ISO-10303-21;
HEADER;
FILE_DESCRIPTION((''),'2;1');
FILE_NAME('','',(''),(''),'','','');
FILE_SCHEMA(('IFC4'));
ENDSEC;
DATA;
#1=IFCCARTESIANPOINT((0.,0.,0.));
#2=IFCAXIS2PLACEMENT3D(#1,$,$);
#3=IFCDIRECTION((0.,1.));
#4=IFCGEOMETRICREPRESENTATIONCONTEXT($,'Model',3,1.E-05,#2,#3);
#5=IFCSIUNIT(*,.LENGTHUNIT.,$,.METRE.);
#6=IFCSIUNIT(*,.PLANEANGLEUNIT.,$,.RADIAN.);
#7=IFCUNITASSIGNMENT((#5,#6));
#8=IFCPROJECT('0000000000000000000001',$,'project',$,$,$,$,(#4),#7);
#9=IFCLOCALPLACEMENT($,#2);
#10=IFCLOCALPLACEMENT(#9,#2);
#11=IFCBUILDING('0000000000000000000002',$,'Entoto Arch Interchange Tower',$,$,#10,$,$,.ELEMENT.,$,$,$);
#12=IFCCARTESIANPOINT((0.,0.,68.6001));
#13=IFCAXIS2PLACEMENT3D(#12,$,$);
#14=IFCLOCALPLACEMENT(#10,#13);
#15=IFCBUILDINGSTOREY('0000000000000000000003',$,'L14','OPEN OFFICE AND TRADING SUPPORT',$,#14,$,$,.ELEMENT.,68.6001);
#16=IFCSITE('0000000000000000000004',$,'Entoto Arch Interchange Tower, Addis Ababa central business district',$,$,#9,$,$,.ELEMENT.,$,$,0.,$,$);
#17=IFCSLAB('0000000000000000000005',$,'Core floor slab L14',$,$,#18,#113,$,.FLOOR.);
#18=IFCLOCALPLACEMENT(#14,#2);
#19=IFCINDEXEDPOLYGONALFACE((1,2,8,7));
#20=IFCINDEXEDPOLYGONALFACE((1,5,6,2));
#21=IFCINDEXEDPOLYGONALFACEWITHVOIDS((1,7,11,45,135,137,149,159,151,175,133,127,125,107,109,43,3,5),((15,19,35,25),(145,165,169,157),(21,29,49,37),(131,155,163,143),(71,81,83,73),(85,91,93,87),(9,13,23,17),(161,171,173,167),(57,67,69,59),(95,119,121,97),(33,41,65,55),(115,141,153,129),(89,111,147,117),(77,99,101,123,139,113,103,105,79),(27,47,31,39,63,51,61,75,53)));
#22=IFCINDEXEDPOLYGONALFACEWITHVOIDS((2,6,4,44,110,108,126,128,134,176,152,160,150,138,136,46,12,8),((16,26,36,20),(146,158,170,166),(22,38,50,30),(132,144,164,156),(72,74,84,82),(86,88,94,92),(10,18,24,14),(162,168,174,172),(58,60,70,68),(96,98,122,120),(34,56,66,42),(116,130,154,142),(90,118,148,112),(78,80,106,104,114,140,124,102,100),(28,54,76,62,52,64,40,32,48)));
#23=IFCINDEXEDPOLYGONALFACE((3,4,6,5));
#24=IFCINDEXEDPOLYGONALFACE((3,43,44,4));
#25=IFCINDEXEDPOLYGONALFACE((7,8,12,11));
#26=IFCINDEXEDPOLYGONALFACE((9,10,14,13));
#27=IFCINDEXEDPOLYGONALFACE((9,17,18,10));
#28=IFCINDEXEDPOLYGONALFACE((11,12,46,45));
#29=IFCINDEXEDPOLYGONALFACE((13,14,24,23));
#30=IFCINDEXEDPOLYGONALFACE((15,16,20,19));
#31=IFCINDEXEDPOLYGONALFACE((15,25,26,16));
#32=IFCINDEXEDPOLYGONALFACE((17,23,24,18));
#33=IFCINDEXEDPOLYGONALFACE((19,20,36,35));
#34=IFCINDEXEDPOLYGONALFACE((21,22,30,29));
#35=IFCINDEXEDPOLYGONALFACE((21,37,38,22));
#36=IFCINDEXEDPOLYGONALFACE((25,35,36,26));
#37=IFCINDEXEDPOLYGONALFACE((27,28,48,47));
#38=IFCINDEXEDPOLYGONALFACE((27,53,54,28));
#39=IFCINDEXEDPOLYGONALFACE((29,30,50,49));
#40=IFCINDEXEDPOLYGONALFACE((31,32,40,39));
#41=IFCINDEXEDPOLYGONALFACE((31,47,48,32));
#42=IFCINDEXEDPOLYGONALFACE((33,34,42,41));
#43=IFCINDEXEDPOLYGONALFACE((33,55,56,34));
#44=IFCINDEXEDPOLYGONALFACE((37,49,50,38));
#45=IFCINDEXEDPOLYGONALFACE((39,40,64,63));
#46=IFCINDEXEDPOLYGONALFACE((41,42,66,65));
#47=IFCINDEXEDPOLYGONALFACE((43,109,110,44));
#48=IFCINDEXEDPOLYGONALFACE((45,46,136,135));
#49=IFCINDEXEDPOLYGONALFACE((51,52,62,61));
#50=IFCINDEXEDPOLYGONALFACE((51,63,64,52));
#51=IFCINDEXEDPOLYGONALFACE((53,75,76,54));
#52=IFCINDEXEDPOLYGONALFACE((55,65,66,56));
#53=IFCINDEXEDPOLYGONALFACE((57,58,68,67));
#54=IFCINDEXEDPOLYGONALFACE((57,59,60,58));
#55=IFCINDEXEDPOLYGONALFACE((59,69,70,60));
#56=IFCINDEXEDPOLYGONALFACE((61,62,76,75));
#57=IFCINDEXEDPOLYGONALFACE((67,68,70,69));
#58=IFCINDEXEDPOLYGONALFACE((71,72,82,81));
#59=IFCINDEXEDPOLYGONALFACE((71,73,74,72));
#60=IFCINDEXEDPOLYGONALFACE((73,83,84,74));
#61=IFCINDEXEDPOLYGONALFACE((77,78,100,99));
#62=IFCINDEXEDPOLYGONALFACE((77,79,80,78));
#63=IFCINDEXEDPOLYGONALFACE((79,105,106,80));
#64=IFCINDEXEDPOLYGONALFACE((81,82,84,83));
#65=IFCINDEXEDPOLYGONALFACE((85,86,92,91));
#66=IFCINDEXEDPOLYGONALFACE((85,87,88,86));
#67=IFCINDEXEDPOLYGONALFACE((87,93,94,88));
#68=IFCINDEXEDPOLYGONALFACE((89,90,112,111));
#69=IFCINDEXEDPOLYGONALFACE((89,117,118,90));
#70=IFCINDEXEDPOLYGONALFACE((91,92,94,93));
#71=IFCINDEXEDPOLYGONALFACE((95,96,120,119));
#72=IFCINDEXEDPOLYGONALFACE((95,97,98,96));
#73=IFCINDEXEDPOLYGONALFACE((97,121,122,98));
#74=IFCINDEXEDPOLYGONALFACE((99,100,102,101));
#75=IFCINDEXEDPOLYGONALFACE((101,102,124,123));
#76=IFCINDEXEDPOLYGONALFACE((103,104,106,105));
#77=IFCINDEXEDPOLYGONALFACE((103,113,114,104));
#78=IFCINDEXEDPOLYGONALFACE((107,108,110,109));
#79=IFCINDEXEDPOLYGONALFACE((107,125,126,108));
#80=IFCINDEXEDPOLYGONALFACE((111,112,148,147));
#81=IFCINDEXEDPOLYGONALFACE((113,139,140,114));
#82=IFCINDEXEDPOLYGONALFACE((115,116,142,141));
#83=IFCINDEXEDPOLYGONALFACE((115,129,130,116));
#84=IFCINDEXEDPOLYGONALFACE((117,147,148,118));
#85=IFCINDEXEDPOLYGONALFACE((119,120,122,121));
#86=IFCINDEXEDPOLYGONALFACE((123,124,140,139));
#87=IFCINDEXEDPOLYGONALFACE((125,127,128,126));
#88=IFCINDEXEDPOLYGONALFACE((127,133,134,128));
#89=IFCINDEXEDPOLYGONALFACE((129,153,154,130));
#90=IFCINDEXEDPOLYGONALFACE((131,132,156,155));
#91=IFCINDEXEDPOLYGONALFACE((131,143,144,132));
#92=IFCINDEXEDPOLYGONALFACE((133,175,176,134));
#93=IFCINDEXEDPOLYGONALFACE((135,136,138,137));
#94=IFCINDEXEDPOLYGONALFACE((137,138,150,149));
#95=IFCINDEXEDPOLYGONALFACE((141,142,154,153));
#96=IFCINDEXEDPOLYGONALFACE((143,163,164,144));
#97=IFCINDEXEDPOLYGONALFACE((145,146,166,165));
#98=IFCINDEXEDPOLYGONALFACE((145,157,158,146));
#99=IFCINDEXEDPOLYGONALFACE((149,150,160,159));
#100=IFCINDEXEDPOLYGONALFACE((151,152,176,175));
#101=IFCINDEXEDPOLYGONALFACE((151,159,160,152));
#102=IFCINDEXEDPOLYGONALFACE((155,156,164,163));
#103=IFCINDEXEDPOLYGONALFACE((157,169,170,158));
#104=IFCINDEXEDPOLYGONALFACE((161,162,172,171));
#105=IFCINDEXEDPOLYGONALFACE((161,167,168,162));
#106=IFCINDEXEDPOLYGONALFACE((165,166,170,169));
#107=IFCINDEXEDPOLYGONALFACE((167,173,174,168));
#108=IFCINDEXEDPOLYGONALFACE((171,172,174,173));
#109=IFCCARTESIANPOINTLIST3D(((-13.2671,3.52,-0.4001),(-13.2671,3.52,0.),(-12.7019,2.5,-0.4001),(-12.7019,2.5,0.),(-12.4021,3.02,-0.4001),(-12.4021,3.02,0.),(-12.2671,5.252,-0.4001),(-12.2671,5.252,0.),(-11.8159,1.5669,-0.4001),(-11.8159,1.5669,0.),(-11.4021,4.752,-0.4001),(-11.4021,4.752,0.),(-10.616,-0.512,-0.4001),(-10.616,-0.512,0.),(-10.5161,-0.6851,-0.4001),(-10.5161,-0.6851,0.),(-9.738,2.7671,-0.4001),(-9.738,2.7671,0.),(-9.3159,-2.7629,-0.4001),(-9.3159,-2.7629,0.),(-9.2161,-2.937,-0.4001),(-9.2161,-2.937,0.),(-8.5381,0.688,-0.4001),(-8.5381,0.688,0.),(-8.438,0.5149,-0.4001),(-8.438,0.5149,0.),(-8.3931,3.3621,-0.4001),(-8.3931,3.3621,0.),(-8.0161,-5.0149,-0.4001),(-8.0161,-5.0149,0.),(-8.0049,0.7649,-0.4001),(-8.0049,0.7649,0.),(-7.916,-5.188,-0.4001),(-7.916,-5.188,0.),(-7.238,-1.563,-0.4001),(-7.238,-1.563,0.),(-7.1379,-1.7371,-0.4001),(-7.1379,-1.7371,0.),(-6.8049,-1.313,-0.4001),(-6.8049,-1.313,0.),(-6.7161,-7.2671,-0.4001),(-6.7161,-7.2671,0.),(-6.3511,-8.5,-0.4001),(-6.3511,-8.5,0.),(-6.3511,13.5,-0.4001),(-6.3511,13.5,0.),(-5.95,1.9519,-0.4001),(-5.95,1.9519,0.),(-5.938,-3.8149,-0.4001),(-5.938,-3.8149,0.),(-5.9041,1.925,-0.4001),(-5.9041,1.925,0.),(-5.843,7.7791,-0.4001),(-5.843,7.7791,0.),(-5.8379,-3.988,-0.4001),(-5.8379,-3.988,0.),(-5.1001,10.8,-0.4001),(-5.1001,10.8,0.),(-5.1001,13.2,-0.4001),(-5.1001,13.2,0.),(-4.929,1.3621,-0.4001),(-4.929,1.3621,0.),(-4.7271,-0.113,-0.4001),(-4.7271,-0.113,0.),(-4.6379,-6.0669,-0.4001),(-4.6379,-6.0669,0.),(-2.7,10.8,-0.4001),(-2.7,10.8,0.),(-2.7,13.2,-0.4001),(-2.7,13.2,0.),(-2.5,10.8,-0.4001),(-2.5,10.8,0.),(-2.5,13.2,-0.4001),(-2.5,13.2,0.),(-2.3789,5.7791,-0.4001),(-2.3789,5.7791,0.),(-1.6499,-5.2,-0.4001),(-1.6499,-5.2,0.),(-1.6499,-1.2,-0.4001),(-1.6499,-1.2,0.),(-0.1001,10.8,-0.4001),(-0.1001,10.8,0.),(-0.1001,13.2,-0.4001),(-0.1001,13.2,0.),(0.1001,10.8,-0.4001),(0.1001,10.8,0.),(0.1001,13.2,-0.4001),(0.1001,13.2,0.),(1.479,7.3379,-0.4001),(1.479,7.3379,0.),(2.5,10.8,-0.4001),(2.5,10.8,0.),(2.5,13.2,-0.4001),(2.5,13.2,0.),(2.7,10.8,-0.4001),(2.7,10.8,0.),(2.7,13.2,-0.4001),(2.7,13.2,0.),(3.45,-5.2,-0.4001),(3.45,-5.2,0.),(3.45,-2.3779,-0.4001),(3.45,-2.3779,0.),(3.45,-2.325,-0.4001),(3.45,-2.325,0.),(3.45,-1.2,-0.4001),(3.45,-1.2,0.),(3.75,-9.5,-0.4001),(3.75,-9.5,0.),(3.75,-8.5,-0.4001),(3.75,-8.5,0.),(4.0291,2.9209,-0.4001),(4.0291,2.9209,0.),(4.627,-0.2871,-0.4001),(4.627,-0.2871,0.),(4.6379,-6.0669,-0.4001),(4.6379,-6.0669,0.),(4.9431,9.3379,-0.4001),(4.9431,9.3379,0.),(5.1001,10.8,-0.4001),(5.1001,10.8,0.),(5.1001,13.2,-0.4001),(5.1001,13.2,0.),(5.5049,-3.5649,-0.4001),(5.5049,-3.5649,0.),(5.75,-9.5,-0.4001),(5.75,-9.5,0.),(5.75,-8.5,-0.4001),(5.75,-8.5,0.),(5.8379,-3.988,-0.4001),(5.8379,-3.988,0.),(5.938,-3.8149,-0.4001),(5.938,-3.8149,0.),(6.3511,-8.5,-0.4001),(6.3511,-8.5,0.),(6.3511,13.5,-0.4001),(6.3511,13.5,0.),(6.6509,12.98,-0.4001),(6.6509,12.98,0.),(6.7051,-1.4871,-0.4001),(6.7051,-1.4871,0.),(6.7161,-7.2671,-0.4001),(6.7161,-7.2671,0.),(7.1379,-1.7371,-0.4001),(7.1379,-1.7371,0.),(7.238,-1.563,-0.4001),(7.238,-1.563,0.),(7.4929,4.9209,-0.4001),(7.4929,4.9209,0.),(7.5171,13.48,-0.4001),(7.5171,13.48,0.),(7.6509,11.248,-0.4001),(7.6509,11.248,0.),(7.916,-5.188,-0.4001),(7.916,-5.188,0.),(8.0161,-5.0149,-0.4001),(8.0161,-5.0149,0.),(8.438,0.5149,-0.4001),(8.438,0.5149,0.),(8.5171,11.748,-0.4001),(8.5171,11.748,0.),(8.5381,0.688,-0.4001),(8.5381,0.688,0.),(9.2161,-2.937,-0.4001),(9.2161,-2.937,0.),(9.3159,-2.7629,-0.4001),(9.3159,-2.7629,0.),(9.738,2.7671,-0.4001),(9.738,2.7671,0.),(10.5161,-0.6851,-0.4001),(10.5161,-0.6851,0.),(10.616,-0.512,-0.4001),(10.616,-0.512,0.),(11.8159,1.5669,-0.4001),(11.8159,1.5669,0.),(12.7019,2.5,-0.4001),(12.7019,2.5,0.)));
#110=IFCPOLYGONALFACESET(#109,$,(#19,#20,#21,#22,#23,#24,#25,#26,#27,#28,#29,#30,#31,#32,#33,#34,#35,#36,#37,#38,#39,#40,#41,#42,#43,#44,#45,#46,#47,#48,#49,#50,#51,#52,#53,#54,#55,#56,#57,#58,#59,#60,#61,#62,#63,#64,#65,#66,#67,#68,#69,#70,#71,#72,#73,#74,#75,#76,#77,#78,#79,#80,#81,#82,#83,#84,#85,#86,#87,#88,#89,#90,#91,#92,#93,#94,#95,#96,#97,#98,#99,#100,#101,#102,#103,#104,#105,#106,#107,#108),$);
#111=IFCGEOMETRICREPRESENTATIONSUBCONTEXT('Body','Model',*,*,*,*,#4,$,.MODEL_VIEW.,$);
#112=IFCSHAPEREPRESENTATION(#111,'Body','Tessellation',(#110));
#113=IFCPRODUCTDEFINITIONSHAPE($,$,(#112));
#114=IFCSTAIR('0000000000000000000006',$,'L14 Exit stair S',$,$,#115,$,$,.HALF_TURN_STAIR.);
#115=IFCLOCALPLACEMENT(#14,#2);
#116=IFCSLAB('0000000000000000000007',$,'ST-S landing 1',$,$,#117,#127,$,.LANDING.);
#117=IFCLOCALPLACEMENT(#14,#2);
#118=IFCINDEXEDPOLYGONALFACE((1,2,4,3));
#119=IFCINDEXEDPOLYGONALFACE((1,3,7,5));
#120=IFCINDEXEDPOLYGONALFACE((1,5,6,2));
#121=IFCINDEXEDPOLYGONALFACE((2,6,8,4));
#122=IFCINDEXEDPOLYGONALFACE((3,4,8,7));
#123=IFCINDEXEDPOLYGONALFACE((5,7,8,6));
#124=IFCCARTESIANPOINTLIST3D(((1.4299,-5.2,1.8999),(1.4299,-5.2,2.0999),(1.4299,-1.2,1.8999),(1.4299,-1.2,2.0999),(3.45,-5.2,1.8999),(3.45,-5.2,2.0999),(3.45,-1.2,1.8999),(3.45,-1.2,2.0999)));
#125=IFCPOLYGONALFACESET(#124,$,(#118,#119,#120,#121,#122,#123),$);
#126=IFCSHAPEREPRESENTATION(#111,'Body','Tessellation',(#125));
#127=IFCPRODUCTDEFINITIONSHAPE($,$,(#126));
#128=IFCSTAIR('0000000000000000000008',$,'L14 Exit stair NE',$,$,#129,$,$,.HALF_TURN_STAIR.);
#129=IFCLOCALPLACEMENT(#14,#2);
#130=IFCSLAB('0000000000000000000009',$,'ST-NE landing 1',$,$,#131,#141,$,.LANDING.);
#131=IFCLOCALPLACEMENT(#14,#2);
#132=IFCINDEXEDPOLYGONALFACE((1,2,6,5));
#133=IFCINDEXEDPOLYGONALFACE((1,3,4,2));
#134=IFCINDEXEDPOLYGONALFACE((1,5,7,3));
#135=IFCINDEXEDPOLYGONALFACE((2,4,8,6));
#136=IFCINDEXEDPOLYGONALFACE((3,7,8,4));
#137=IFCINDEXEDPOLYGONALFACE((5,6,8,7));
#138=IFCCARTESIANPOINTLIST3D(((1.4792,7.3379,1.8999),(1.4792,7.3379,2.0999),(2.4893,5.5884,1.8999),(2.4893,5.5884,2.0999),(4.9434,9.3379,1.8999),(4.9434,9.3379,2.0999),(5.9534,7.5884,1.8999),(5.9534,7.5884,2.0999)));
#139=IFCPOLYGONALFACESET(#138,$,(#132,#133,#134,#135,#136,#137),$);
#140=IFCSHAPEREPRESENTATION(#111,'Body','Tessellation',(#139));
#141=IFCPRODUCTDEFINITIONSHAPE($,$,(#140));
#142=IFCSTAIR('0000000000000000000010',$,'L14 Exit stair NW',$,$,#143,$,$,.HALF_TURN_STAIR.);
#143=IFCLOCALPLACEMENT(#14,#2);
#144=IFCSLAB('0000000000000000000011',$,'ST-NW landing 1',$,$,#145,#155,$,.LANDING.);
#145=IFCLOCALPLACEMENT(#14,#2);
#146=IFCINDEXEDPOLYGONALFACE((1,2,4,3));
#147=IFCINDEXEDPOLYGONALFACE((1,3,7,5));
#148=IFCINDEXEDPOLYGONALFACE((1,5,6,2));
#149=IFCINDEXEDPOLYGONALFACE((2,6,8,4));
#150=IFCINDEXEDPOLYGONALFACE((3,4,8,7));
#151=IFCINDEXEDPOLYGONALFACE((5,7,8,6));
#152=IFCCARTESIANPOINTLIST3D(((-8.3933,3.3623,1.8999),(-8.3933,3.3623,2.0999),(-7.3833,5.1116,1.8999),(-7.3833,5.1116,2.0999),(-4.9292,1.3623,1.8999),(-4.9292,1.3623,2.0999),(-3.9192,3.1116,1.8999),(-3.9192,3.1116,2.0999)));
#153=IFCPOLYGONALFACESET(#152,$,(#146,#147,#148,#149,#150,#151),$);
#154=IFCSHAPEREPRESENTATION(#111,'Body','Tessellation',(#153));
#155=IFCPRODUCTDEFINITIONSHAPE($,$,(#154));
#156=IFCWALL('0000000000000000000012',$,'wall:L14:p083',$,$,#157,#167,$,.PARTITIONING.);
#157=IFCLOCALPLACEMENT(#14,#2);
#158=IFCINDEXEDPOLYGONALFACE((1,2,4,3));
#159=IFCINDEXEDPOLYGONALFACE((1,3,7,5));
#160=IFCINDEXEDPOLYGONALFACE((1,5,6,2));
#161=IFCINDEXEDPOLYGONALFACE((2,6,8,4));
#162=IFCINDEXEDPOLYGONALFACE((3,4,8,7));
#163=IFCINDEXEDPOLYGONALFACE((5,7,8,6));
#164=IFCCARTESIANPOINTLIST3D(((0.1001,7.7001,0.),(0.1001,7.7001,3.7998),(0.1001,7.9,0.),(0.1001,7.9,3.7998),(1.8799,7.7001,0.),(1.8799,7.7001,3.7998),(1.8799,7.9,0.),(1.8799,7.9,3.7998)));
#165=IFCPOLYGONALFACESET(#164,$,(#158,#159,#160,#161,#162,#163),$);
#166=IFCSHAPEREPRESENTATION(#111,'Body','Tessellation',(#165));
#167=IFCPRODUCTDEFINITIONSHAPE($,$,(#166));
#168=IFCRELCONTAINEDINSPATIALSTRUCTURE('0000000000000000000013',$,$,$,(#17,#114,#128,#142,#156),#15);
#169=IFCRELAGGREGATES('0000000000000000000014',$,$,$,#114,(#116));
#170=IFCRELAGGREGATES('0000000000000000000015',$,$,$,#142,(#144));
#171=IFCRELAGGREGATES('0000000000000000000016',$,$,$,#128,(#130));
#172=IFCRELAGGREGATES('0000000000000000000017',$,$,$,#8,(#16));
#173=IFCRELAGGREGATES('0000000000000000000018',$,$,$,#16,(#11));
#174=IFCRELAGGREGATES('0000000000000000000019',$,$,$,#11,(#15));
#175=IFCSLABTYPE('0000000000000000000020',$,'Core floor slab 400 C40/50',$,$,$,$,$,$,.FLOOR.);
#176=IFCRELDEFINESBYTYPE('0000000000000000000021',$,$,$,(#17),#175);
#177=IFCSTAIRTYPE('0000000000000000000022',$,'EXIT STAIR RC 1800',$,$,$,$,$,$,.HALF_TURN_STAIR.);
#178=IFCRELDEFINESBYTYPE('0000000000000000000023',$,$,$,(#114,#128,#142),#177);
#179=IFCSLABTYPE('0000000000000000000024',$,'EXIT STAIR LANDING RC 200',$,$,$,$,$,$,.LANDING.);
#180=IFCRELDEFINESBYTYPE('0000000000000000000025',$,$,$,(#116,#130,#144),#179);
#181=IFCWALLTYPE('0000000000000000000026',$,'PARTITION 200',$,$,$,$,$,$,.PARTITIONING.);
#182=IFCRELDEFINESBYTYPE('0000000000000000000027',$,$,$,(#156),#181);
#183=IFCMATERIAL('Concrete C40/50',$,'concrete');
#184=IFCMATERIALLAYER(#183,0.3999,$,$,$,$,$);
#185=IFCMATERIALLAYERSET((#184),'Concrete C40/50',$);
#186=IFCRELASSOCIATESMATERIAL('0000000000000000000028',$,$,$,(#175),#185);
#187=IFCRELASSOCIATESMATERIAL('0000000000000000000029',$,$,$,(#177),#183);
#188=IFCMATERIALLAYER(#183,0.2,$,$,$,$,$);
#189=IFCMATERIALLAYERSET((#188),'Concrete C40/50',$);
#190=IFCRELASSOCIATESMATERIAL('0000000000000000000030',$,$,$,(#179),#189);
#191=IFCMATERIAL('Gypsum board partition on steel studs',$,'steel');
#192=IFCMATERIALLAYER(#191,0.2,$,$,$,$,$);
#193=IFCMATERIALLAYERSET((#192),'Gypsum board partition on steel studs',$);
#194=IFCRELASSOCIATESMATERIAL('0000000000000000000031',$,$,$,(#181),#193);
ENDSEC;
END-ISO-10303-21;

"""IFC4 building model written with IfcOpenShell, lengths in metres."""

from ifc_helpers import new_model, si_unit, direction, frame, frame_2d, origin, place, context, subcontext, project, spatial, polyline, rectangle, outline, extrude, material, layer, layer_set, type_object, element, aggregate, save


model = new_model("IFC4")

# Units and contexts
model_context = context("Model", 3, precision=1e-05, world=origin(), true_north=direction((0.0, 1.0)))
body_context = subcontext(model_context, "Body", "Model", "MODEL_VIEW")
ifc_project = project(units=[si_unit("LENGTHUNIT", "METRE"), si_unit("PLANEANGLEUNIT", "RADIAN")], contexts=[model_context])

# Site, building, storey
site_placement = place(None, origin())
site = spatial("IfcSite", under=ifc_project, at=site_placement, Name="Entoto Arch Interchange Tower, Addis Ababa central business district", CompositionType="ELEMENT", RefElevation=0.0)
building_placement = place(site_placement, origin())
building = spatial("IfcBuilding", under=site, at=building_placement, Name="Entoto Arch Interchange Tower", CompositionType="ELEMENT")
storey_placement = place(building_placement, frame((0.0, 0.0, 68.6001)))
storey = spatial("IfcBuildingStorey", under=building, at=storey_placement, Name="L14", Description="OPEN OFFICE AND TRADING SUPPORT", CompositionType="ELEMENT", Elevation=68.6001)

# Slab
ifc_material_1 = material(Name="Concrete C40/50", Category="concrete")
ifc_layer_1 = layer(ifc_material_1, 0.3999)
ifc_layer_set_1 = layer_set([ifc_layer_1], Name="Concrete C40/50")
slab_type_1 = type_object("IfcSlabType", Name="Core floor slab 400 C40/50", PredefinedType="FLOOR", material=ifc_layer_set_1)
slab_1_placement = place(storey_placement, frame((0.0, 0.0, -0.4001)))
element("IfcSlab", 1, at=slab_1_placement, inside=storey, type_object=slab_type_1, Name="Core floor slab L14", PredefinedType="FLOOR", context=body_context, shape_type="SweptSolid", body=[
    extrude(outline(polyline([(5.75, -9.5), (3.75, -9.5), (3.75, -8.5), (-6.3511, -8.5), (-12.7019, 2.5), (-12.4021, 3.02), (-13.2671, 3.52), (-12.2671, 5.252), (-11.4021, 4.752), (-6.3511, 13.5), (6.3511, 13.5), (6.6509, 12.98), (7.5171, 13.48), (8.5171, 11.748), (7.6509, 11.248), (12.7019, 2.5), (6.3511, -8.5), (5.75, -8.5), (5.75, -9.5)]), holes=[polyline([(-4.6379, -6.0669), (-5.8379, -3.988), (-7.916, -5.188), (-6.7161, -7.2671), (-4.6379, -6.0669)]), polyline([(-5.938, -3.8149), (-7.1379, -1.7371), (-9.2161, -2.937), (-8.0161, -5.0149), (-5.938, -3.8149)]), polyline([(5.5049, -3.5649), (6.7051, -1.4871), (4.627, -0.2871), (3.45, -2.325), (3.45, -1.2), (-1.6499, -1.2), (-1.6499, -5.2), (3.45, -5.2), (3.45, -2.3779), (5.5049, -3.5649)]), polyline([(-7.238, -1.563), (-8.438, 0.5149), (-10.5161, -0.6851), (-9.3159, -2.7629), (-7.238, -1.563)]), polyline([(-4.7271, -0.113), (-5.9041, 1.925), (-4.929, 1.3621), (-2.3789, 5.7791), (-5.843, 7.7791), (-8.3931, 3.3621), (-5.95, 1.9519), (-8.0049, 0.7649), (-6.8049, -1.313), (-4.7271, -0.113)]), polyline([(-8.5381, 0.688), (-9.738, 2.7671), (-11.8159, 1.5669), (-10.616, -0.512), (-8.5381, 0.688)]), polyline([(-5.1001, 10.8), (-2.7, 10.8), (-2.7, 13.2), (-5.1001, 13.2), (-5.1001, 10.8)]), polyline([(-2.5, 10.8), (-0.1001, 10.8), (-0.1001, 13.2), (-2.5, 13.2), (-2.5, 10.8)]), polyline([(5.8379, -3.988), (4.6379, -6.0669), (6.7161, -7.2671), (7.916, -5.188), (5.8379, -3.988)]), polyline([(7.1379, -1.7371), (5.938, -3.8149), (8.0161, -5.0149), (9.2161, -2.937), (7.1379, -1.7371)]), polyline([(8.438, 0.5149), (7.238, -1.563), (9.3159, -2.7629), (10.5161, -0.6851), (8.438, 0.5149)]), polyline([(9.738, 2.7671), (8.5381, 0.688), (10.616, -0.512), (11.8159, 1.5669), (9.738, 2.7671)]), polyline([(4.0291, 2.9209), (7.4929, 4.9209), (4.9431, 9.3379), (1.479, 7.3379), (4.0291, 2.9209)]), polyline([(0.1001, 13.2), (0.1001, 10.8), (2.5, 10.8), (2.5, 13.2), (0.1001, 13.2)]), polyline([(2.7, 13.2), (2.7, 10.8), (5.1001, 10.8), (5.1001, 13.2), (2.7, 13.2)])]), origin(), (0.0, 0.0, 1.0), 0.4001),
])

# Stairs, slabs
stair_type = type_object("IfcStairType", Name="EXIT STAIR RC 1800", PredefinedType="HALF_TURN_STAIR", material=ifc_material_1)
stair_1_placement = place(storey_placement, origin())
stair_1 = element("IfcStair", 2, at=stair_1_placement, inside=storey, type_object=stair_type, Name="L14 Exit stair S", PredefinedType="HALF_TURN_STAIR")
ifc_layer_2 = layer(ifc_material_1, 0.2)
ifc_layer_set_2 = layer_set([ifc_layer_2], Name="Concrete C40/50")
slab_type_2 = type_object("IfcSlabType", Name="EXIT STAIR LANDING RC 200", PredefinedType="LANDING", material=ifc_layer_set_2)
slab_2_placement = place(storey_placement, frame((0.0, 0.0, 1.8999)))
slab_2 = element("IfcSlab", 3, at=slab_2_placement, type_object=slab_type_2, Name="ST-S landing 1", PredefinedType="LANDING", context=body_context, shape_type="SweptSolid", body=[
    extrude(outline(polyline([(1.4299, -5.2), (3.45, -5.2), (3.45, -1.2), (1.4299, -1.2), (1.4299, -5.2)])), origin(), (0.0, 0.0, 1.0), 0.2),
])
aggregate(stair_1, [slab_2])
stair_2_placement = place(storey_placement, origin())
stair_2 = element("IfcStair", 4, at=stair_2_placement, inside=storey, type_object=stair_type, Name="L14 Exit stair NE", PredefinedType="HALF_TURN_STAIR")
slab_3_placement = place(storey_placement, frame((0.0, 0.0, 1.8999)))
slab_3 = element("IfcSlab", 5, at=slab_3_placement, type_object=slab_type_2, Name="ST-NE landing 1", PredefinedType="LANDING", context=body_context, shape_type="SweptSolid", body=[
    extrude(outline(polyline([(5.9534, 7.5884), (4.9434, 9.3379), (1.4792, 7.3379), (2.4893, 5.5884), (5.9534, 7.5884)])), origin(), (0.0, 0.0, 1.0), 0.2),
])
stair_3_placement = place(storey_placement, origin())
stair_3 = element("IfcStair", 6, at=stair_3_placement, inside=storey, type_object=stair_type, Name="L14 Exit stair NW", PredefinedType="HALF_TURN_STAIR")
slab_4_placement = place(storey_placement, frame((0.0, 0.0, 1.8999)))
slab_4 = element("IfcSlab", 7, at=slab_4_placement, type_object=slab_type_2, Name="ST-NW landing 1", PredefinedType="LANDING", context=body_context, shape_type="SweptSolid", body=[
    extrude(outline(polyline([(-7.3833, 5.1116), (-8.3933, 3.3623), (-4.9292, 1.3623), (-3.9192, 3.1116), (-7.3833, 5.1116)])), origin(), (0.0, 0.0, 1.0), 0.2),
])
aggregate(stair_3, [slab_4])

# Wall
ifc_material_2 = material(Name="Gypsum board partition on steel studs", Category="steel")
ifc_layer_3 = layer(ifc_material_2, 0.2)
ifc_layer_set_3 = layer_set([ifc_layer_3], Name="Gypsum board partition on steel studs")
wall_type_1 = type_object("IfcWallType", Name="PARTITION 200", PredefinedType="PARTITIONING", material=ifc_layer_set_3)
wall_1_placement = place(storey_placement, frame((1.8799, 7.8, 0.0), z_axis=(0.0, 0.0, 1.0), x_axis=(-1.0, 0.0, 0.0)))
element("IfcWall", 8, at=wall_1_placement, inside=storey, type_object=wall_type_1, Name="wall:L14:p083", PredefinedType="PARTITIONING", context=body_context, shape_type="SweptSolid", body=[
    extrude(rectangle(XDim=1.7798, YDim=0.2, at=frame_2d((0.8899, 0.0))), origin(), (0.0, 0.0, 1.0), 3.7998),
])

aggregate(stair_2, [slab_3])

save(model, "model.ifc")
